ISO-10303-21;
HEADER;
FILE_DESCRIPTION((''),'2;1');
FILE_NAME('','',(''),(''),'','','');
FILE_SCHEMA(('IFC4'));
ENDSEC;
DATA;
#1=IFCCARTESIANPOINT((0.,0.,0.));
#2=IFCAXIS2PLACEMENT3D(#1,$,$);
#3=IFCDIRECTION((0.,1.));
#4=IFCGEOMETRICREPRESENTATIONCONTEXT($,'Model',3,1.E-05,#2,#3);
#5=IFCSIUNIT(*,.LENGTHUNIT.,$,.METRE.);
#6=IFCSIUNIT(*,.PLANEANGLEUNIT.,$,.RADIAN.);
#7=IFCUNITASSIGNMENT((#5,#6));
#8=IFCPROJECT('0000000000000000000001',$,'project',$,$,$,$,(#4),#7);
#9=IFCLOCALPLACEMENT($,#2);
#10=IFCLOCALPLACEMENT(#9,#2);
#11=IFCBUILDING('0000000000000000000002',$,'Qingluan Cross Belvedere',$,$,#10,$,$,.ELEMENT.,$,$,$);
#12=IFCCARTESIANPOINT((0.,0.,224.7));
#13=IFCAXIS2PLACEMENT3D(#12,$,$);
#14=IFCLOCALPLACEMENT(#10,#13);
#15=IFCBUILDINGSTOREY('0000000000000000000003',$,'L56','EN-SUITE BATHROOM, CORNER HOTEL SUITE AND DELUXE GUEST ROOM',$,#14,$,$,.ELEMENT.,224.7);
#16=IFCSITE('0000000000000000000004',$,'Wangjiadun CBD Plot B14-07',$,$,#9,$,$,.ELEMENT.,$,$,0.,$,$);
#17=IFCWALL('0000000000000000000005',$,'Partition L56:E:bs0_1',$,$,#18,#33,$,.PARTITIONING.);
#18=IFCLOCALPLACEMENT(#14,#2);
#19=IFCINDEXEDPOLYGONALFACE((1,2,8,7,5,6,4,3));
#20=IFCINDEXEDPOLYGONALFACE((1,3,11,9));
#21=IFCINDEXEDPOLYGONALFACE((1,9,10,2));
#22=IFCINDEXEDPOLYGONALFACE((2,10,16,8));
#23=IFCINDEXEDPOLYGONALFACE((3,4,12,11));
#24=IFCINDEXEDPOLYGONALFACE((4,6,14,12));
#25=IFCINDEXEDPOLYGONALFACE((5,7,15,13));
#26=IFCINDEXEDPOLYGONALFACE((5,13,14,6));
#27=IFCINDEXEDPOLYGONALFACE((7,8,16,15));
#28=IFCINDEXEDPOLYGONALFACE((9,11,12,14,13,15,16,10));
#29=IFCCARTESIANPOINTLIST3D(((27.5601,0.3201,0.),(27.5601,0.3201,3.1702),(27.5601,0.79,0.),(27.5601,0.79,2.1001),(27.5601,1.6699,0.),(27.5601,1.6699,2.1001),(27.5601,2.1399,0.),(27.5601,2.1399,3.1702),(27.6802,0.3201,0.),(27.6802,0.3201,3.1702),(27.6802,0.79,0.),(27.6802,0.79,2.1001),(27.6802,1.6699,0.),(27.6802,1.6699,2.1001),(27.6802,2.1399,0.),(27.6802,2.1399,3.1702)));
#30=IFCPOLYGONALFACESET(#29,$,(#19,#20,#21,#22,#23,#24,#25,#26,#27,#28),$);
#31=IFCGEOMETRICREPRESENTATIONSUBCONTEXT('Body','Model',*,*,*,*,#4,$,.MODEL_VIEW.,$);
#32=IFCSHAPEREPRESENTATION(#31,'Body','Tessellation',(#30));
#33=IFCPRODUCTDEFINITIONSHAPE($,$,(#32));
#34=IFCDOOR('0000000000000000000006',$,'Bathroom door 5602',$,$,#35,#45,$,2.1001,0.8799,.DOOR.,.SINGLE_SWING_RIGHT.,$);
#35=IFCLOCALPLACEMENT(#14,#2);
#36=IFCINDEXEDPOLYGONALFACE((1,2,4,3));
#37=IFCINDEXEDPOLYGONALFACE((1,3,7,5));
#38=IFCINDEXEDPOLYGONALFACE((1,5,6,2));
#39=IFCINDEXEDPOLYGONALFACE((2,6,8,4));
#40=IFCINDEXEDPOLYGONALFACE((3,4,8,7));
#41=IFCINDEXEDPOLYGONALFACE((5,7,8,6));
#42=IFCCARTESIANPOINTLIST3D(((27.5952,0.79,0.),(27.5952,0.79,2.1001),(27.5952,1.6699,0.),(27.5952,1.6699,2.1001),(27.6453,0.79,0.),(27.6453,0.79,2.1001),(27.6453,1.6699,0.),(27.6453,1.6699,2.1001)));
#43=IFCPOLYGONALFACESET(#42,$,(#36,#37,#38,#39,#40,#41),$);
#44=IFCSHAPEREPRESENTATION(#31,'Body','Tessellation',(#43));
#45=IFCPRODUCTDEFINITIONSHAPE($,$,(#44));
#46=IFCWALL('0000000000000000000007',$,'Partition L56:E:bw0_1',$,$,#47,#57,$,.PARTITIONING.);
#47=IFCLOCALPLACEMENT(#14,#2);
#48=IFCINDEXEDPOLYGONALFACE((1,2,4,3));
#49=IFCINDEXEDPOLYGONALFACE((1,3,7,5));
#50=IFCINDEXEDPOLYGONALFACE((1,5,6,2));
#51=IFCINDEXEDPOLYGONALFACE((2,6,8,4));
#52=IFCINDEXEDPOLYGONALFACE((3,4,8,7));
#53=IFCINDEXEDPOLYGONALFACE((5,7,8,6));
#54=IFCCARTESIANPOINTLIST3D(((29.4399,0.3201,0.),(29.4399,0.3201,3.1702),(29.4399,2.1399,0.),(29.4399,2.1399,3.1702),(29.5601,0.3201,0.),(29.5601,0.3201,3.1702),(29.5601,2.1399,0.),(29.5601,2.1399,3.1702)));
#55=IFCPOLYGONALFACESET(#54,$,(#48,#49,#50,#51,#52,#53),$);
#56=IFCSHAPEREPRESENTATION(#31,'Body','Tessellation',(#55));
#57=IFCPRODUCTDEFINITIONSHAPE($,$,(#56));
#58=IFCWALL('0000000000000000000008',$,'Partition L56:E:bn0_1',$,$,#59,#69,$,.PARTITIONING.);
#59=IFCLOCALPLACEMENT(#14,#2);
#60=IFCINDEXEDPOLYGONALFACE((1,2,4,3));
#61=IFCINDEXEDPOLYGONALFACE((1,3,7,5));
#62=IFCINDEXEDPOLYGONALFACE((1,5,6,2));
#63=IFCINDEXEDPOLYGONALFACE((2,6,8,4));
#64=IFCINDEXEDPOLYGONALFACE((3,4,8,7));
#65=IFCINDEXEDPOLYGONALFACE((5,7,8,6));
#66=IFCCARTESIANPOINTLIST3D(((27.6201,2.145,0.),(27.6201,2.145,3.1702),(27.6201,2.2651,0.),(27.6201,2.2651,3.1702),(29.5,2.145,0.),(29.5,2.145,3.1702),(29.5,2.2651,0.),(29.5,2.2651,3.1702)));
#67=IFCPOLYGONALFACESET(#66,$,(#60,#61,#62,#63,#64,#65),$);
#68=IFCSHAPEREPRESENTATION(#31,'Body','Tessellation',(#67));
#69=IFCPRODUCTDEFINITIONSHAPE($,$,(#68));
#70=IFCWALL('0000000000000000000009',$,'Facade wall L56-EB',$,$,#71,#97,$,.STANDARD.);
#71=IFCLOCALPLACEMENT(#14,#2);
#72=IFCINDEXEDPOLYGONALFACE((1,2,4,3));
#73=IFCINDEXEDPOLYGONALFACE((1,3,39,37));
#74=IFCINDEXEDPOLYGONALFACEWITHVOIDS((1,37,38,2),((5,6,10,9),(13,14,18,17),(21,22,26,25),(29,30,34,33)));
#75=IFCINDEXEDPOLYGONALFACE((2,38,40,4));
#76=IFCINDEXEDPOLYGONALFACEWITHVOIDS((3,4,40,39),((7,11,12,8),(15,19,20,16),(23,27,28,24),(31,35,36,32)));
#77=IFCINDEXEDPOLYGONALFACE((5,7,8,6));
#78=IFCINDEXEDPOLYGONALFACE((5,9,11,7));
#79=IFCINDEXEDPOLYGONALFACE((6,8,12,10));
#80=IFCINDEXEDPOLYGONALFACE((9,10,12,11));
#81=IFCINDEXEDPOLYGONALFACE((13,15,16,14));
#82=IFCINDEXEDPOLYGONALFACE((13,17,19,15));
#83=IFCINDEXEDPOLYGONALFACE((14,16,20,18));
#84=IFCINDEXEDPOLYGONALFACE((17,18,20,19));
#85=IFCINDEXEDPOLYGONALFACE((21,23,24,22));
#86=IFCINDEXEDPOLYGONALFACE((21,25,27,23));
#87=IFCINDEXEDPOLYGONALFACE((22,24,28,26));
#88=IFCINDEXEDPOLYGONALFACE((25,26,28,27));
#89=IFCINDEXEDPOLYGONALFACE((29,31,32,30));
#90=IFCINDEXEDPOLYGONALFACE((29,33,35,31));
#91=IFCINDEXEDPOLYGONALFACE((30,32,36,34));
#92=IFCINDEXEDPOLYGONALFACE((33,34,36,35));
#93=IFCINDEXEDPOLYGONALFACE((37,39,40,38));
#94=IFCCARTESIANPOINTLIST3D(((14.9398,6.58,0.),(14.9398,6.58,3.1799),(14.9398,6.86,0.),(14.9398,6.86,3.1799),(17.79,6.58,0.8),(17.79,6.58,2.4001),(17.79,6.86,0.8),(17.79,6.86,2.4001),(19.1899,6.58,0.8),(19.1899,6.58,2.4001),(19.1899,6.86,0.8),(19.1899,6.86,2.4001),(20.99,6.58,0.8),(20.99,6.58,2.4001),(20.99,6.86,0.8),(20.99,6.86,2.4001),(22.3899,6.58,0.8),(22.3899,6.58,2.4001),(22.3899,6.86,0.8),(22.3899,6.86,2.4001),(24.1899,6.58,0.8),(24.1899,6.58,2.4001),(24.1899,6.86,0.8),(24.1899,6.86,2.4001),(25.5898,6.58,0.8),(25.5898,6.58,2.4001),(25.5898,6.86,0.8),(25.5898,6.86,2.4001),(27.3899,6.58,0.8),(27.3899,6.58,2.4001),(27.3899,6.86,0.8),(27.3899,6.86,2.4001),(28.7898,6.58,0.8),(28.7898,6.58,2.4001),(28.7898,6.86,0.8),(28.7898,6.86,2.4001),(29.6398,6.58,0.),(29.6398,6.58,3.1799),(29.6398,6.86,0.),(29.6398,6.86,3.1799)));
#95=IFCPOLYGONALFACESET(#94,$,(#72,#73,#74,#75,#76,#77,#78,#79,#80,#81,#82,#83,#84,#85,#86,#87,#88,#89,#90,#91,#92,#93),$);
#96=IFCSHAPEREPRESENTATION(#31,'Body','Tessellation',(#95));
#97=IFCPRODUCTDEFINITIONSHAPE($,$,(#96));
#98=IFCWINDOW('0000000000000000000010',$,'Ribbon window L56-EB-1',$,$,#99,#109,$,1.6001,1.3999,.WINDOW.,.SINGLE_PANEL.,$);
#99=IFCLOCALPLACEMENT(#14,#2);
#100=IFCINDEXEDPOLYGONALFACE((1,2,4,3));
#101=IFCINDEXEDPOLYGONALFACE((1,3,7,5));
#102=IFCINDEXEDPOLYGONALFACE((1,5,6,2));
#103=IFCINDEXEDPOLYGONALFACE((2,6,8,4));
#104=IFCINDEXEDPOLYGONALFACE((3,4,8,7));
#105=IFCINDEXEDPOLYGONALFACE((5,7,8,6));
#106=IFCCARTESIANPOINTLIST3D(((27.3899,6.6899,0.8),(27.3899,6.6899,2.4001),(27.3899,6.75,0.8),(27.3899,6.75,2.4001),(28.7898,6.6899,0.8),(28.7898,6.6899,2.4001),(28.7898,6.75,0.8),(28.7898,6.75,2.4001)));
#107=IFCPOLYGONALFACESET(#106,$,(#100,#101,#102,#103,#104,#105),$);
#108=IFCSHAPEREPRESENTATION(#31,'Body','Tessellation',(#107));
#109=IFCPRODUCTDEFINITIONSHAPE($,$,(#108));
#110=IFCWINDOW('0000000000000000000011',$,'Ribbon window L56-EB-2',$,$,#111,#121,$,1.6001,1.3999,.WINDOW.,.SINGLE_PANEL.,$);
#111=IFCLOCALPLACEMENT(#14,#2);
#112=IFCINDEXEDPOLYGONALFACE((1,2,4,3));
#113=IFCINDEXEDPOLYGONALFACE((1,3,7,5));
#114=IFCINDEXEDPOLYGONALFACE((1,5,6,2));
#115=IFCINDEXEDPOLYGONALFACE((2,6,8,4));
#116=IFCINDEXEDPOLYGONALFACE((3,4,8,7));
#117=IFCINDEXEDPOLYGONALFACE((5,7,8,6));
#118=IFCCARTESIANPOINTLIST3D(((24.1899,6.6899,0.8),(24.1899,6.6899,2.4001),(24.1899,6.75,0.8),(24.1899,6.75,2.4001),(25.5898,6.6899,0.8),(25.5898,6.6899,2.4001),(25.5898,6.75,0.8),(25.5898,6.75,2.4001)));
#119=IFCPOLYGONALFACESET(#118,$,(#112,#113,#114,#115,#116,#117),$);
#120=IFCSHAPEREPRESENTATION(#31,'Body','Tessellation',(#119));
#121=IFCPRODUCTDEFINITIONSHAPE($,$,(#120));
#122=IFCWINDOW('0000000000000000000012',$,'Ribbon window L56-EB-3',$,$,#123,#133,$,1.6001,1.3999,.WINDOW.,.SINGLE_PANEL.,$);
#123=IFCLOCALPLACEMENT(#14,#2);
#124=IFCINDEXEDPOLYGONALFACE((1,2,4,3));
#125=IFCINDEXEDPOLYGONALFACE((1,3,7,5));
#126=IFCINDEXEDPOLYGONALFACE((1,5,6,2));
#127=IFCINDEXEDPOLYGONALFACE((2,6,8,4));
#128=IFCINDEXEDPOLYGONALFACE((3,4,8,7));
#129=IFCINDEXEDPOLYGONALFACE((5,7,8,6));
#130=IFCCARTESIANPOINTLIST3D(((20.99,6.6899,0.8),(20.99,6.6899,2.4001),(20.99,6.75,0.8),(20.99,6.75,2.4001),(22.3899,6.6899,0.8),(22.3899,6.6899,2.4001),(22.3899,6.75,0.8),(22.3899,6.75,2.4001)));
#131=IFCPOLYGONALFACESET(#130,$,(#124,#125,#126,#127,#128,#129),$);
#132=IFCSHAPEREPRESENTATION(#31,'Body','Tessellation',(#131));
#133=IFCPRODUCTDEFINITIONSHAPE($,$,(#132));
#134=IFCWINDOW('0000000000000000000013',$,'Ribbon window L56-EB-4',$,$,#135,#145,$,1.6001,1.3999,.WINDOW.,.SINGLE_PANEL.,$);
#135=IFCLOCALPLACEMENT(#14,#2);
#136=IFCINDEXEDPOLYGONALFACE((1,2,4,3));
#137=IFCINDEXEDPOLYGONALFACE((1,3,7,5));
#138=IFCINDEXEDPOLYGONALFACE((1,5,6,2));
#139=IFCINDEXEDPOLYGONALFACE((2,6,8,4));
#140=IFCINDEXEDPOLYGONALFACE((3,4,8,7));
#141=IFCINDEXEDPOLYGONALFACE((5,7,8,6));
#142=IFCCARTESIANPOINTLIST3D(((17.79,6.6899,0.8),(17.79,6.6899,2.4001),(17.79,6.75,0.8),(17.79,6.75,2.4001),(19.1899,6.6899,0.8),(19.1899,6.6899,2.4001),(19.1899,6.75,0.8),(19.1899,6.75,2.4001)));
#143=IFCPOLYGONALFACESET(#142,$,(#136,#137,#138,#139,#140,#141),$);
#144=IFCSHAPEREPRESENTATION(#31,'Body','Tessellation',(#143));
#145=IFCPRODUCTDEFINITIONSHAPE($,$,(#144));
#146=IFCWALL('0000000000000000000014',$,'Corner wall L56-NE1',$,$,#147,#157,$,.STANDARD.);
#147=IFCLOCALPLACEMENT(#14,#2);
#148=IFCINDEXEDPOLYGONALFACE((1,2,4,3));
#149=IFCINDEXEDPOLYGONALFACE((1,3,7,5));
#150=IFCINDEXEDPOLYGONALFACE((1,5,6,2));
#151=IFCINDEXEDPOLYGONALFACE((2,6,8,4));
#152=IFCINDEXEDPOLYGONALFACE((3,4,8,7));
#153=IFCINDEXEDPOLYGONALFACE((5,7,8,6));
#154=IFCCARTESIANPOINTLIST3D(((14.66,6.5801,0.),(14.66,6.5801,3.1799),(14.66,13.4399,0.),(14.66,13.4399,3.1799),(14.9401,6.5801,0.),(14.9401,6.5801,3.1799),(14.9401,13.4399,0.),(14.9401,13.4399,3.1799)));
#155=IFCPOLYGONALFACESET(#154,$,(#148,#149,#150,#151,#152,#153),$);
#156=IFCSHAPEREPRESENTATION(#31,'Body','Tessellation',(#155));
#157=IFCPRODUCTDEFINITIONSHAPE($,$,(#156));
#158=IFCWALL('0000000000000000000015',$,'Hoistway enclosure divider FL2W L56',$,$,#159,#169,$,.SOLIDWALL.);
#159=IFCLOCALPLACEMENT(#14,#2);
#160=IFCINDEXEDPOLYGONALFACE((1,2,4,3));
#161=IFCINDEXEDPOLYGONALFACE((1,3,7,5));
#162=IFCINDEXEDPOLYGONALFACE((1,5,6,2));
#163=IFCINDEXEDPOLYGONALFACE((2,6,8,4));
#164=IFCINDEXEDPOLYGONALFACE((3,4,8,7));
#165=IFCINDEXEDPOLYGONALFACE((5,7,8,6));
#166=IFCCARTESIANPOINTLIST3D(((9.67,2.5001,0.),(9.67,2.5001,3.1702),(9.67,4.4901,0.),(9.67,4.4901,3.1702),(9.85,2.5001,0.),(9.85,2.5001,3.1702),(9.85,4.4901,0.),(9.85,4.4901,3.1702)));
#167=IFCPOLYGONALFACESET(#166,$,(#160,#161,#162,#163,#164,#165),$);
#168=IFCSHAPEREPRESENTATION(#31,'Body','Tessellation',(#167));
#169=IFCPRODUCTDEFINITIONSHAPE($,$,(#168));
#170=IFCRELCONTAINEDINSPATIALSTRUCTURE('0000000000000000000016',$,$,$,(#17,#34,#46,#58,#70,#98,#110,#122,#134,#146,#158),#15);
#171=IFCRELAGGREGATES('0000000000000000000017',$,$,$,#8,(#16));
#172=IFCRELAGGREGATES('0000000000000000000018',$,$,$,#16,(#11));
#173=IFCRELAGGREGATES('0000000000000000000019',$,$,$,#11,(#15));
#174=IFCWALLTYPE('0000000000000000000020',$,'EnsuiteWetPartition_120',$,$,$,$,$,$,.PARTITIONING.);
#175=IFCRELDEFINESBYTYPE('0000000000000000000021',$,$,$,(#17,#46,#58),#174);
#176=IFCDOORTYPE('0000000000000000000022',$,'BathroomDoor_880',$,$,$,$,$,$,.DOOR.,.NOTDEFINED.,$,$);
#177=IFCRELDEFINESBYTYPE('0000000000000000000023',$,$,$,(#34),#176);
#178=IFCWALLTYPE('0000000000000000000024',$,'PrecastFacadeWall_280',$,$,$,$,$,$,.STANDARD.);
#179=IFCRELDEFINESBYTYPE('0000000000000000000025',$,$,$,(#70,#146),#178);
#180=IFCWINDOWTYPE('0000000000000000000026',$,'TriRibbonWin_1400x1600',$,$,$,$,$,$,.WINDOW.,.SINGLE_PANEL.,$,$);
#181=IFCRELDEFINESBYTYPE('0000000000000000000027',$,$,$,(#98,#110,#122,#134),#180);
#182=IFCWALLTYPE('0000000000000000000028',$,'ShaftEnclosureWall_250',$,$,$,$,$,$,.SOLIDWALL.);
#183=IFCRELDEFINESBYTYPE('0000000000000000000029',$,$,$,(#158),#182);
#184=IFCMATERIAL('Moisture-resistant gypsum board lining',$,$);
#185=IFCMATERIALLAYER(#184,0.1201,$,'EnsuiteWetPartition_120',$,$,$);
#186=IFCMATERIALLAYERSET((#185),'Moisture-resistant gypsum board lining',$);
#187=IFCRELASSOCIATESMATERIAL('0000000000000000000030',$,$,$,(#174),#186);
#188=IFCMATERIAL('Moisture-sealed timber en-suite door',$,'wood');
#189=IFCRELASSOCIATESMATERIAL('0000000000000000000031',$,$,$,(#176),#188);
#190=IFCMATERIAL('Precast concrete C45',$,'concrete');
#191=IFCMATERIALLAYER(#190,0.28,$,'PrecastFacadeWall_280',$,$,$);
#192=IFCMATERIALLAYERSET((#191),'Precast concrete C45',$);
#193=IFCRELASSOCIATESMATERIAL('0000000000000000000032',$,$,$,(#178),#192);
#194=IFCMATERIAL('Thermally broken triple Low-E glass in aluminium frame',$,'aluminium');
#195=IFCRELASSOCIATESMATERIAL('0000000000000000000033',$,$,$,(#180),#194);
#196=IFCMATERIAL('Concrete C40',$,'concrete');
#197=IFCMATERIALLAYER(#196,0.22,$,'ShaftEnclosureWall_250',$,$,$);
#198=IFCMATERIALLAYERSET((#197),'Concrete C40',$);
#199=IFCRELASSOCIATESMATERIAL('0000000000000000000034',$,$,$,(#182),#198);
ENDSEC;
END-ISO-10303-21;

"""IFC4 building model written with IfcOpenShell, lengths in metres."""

from ifc_helpers import new_model, si_unit, direction, frame, frame_2d, origin, place, context, subcontext, project, spatial, rectangle, extrude, material, layer, layer_set, type_object, element, fill, save


model = new_model("IFC4")

# Units and contexts
model_context = context("Model", 3, precision=1e-05, world=origin(), true_north=direction((0.0, 1.0)))
body_context = subcontext(model_context, "Body", "Model", "MODEL_VIEW")
ifc_project = project(units=[si_unit("LENGTHUNIT", "METRE"), si_unit("PLANEANGLEUNIT", "RADIAN")], contexts=[model_context])

# Site, building, storey
site_placement = place(None, origin())
site = spatial("IfcSite", under=ifc_project, at=site_placement, Name="Wangjiadun CBD Plot B14-07", CompositionType="ELEMENT", RefElevation=0.0)
building_placement = place(site_placement, origin())
building = spatial("IfcBuilding", under=site, at=building_placement, Name="Qingluan Cross Belvedere", CompositionType="ELEMENT")
storey_placement = place(building_placement, frame((0.0, 0.0, 224.7)))
storey = spatial("IfcBuildingStorey", under=building, at=storey_placement, Name="L56", Description="EN-SUITE BATHROOM, CORNER HOTEL SUITE AND DELUXE GUEST ROOM", CompositionType="ELEMENT", Elevation=224.7)

# Shared definitions
ifc_material_1 = material(Name="Moisture-resistant gypsum board lining")
ifc_layer_1 = layer(ifc_material_1, 0.1201, Name="EnsuiteWetPartition_120")
ifc_layer_set_1 = layer_set([ifc_layer_1], Name="Moisture-resistant gypsum board lining")
wall_type_1 = type_object("IfcWallType", Name="EnsuiteWetPartition_120", PredefinedType="PARTITIONING", material=ifc_layer_set_1)
ifc_material_2 = material(Name="Moisture-sealed timber en-suite door", Category="wood")
door_type_1 = type_object("IfcDoorType", Name="BathroomDoor_880", OperationType="NOTDEFINED", PredefinedType="DOOR", material=ifc_material_2)

# Wall, opening, door
wall_1_placement = place(storey_placement, frame((27.6201, 0.3201, 0.0), z_axis=(0.0, 0.0, 1.0), x_axis=(0.0, 1.0, 0.0)))
wall_1 = element("IfcWall", 1, at=wall_1_placement, inside=storey, type_object=wall_type_1, Name="Partition L56:E:bs0_1", PredefinedType="PARTITIONING", context=body_context, shape_type="SweptSolid", body=[
    extrude(rectangle(XDim=1.8198, YDim=0.1201, at=frame_2d((0.9099, 0.0))), origin(), (0.0, 0.0, 1.0), 3.1702),
])
opening_1_placement = place(wall_1_placement, frame((0.47, 0.0, 0.0)))
opening_1 = element("IfcOpeningElement", 2, at=opening_1_placement, cuts=wall_1, PredefinedType="OPENING", context=body_context, shape_type="SweptSolid", body=[
    extrude(rectangle(XDim=0.8799, YDim=2.1001, at=frame_2d((0.4399, 1.05))), frame((0.0, 0.0701, 0.0), z_axis=(0.0, -1.0, 0.0), x_axis=(1.0, 0.0, 0.0)), (0.0, 0.0, 1.0), 0.1401),
])
door_1_placement = place(opening_1_placement, origin())
door_1 = element("IfcDoor", 3, at=door_1_placement, inside=storey, type_object=door_type_1, Name="Bathroom door 5602", OperationType="SINGLE_SWING_RIGHT", OverallHeight=2.1001, OverallWidth=0.8799, PredefinedType="DOOR", context=body_context, shape_type="SweptSolid", body=[
    extrude(rectangle(XDim=0.8799, YDim=2.1001, at=frame_2d((0.4399, 1.05))), frame((0.0, 0.0249, 0.0), z_axis=(0.0, -1.0, 0.0), x_axis=(1.0, 0.0, 0.0)), (0.0, 0.0, 1.0), 0.05),
])
fill(opening_1, door_1)

# Walls
wall_2_placement = place(storey_placement, frame((29.5, 0.3201, 0.0), z_axis=(0.0, 0.0, 1.0), x_axis=(0.0, 1.0, 0.0)))
element("IfcWall", 4, at=wall_2_placement, inside=storey, type_object=wall_type_1, Name="Partition L56:E:bw0_1", PredefinedType="PARTITIONING", context=body_context, shape_type="SweptSolid", body=[
    extrude(rectangle(XDim=1.8198, YDim=0.1201, at=frame_2d((0.9099, 0.0))), origin(), (0.0, 0.0, 1.0), 3.1702),
])
wall_3_placement = place(storey_placement, frame((27.6201, 2.2051, 0.0), z_axis=(0.0, 0.0, 1.0), x_axis=(1.0, 0.0, 0.0)))
element("IfcWall", 5, at=wall_3_placement, inside=storey, type_object=wall_type_1, Name="Partition L56:E:bn0_1", PredefinedType="PARTITIONING", context=body_context, shape_type="SweptSolid", body=[
    extrude(rectangle(XDim=1.8799, YDim=0.1201, at=frame_2d((0.9399, 0.0))), origin(), (0.0, 0.0, 1.0), 3.1702),
])

# Wall, openings, windows
ifc_material_3 = material(Name="Precast concrete C45", Category="concrete")
ifc_layer_2 = layer(ifc_material_3, 0.28, Name="PrecastFacadeWall_280")
ifc_layer_set_2 = layer_set([ifc_layer_2], Name="Precast concrete C45")
wall_type_2 = type_object("IfcWallType", Name="PrecastFacadeWall_280", PredefinedType="STANDARD", material=ifc_layer_set_2)
wall_4_placement = place(storey_placement, frame((29.6399, 6.72, 0.0), z_axis=(0.0, 0.0, 1.0), x_axis=(-1.0, 0.0, 0.0)))
wall_4 = element("IfcWall", 6, at=wall_4_placement, inside=storey, type_object=wall_type_2, Name="Facade wall L56-EB", PredefinedType="STANDARD", context=body_context, shape_type="SweptSolid", body=[
    extrude(rectangle(XDim=14.7, YDim=0.28, at=frame_2d((7.3501, 0.0))), origin(), (0.0, 0.0, 1.0), 3.1799),
])
opening_2_placement = place(wall_4_placement, frame((0.8501, 0.0, 0.8)))
opening_2 = element("IfcOpeningElement", 7, at=opening_2_placement, cuts=wall_4, PredefinedType="OPENING", context=body_context, shape_type="SweptSolid", body=[
    extrude(rectangle(XDim=1.3999, YDim=1.6001, at=frame_2d((0.7, 0.8))), frame((0.0, 0.1499, 0.0), z_axis=(0.0, -1.0, 0.0), x_axis=(1.0, 0.0, 0.0)), (0.0, 0.0, 1.0), 0.3),
])
opening_3_placement = place(wall_4_placement, frame((4.05, 0.0, 0.8)))
opening_3 = element("IfcOpeningElement", 8, at=opening_3_placement, cuts=wall_4, PredefinedType="OPENING", context=body_context, shape_type="SweptSolid", body=[
    extrude(rectangle(XDim=1.3999, YDim=1.6001, at=frame_2d((0.7, 0.8))), frame((0.0, 0.1499, 0.0), z_axis=(0.0, -1.0, 0.0), x_axis=(1.0, 0.0, 0.0)), (0.0, 0.0, 1.0), 0.3),
])
opening_4_placement = place(wall_4_placement, frame((7.25, 0.0, 0.8)))
opening_4 = element("IfcOpeningElement", 9, at=opening_4_placement, cuts=wall_4, PredefinedType="OPENING", context=body_context, shape_type="SweptSolid", body=[
    extrude(rectangle(XDim=1.3999, YDim=1.6001, at=frame_2d((0.7, 0.8))), frame((0.0, 0.1499, 0.0), z_axis=(0.0, -1.0, 0.0), x_axis=(1.0, 0.0, 0.0)), (0.0, 0.0, 1.0), 0.3),
])
opening_5_placement = place(wall_4_placement, frame((10.45, 0.0, 0.8)))
opening_5 = element("IfcOpeningElement", 10, at=opening_5_placement, cuts=wall_4, PredefinedType="OPENING", context=body_context, shape_type="SweptSolid", body=[
    extrude(rectangle(XDim=1.3999, YDim=1.6001, at=frame_2d((0.7, 0.8))), frame((0.0, 0.1499, 0.0), z_axis=(0.0, -1.0, 0.0), x_axis=(1.0, 0.0, 0.0)), (0.0, 0.0, 1.0), 0.3),
])
ifc_material_4 = material(Name="Thermally broken triple Low-E glass in aluminium frame", Category="aluminium")
window_type = type_object("IfcWindowType", Name="TriRibbonWin_1400x1600", PartitioningType="SINGLE_PANEL", PredefinedType="WINDOW", material=ifc_material_4)
window_1_placement = place(opening_2_placement, origin())
window_1 = element("IfcWindow", 11, at=window_1_placement, inside=storey, type_object=window_type, Name="Ribbon window L56-EB-1", OverallHeight=1.6001, OverallWidth=1.3999, PartitioningType="SINGLE_PANEL", PredefinedType="WINDOW", context=body_context, shape_type="SweptSolid", body=[
    extrude(rectangle(XDim=1.3999, YDim=1.6001, at=frame_2d((0.7, 0.8))), frame((0.0, 0.03, 0.0), z_axis=(0.0, -1.0, 0.0), x_axis=(1.0, 0.0, 0.0)), (0.0, 0.0, 1.0), 0.0601),
])
fill(opening_2, window_1)
window_2_placement = place(opening_3_placement, origin())
window_2 = element("IfcWindow", 12, at=window_2_placement, inside=storey, type_object=window_type, Name="Ribbon window L56-EB-2", OverallHeight=1.6001, OverallWidth=1.3999, PartitioningType="SINGLE_PANEL", PredefinedType="WINDOW", context=body_context, shape_type="SweptSolid", body=[
    extrude(rectangle(XDim=1.3999, YDim=1.6001, at=frame_2d((0.7, 0.8))), frame((0.0, 0.03, 0.0), z_axis=(0.0, -1.0, 0.0), x_axis=(1.0, 0.0, 0.0)), (0.0, 0.0, 1.0), 0.0601),
])
fill(opening_3, window_2)
window_3_placement = place(opening_4_placement, origin())
window_3 = element("IfcWindow", 13, at=window_3_placement, inside=storey, type_object=window_type, Name="Ribbon window L56-EB-3", OverallHeight=1.6001, OverallWidth=1.3999, PartitioningType="SINGLE_PANEL", PredefinedType="WINDOW", context=body_context, shape_type="SweptSolid", body=[
    extrude(rectangle(XDim=1.3999, YDim=1.6001, at=frame_2d((0.7, 0.8))), frame((0.0, 0.03, 0.0), z_axis=(0.0, -1.0, 0.0), x_axis=(1.0, 0.0, 0.0)), (0.0, 0.0, 1.0), 0.0601),
])
fill(opening_4, window_3)
window_4_placement = place(opening_5_placement, origin())
window_4 = element("IfcWindow", 14, at=window_4_placement, inside=storey, type_object=window_type, Name="Ribbon window L56-EB-4", OverallHeight=1.6001, OverallWidth=1.3999, PartitioningType="SINGLE_PANEL", PredefinedType="WINDOW", context=body_context, shape_type="SweptSolid", body=[
    extrude(rectangle(XDim=1.3999, YDim=1.6001, at=frame_2d((0.7, 0.8))), frame((0.0, 0.03, 0.0), z_axis=(0.0, -1.0, 0.0), x_axis=(1.0, 0.0, 0.0)), (0.0, 0.0, 1.0), 0.0601),
])
fill(opening_5, window_4)

# Walls
wall_5_placement = place(storey_placement, frame((14.8, 6.5801, 0.0), z_axis=(0.0, 0.0, 1.0), x_axis=(0.0, 1.0, 0.0)))
element("IfcWall", 15, at=wall_5_placement, inside=storey, type_object=wall_type_2, Name="Corner wall L56-NE1", PredefinedType="STANDARD", context=body_context, shape_type="SweptSolid", body=[
    extrude(rectangle(XDim=6.8599, YDim=0.28, at=frame_2d((3.4299, 0.0))), origin(), (0.0, 0.0, 1.0), 3.1799),
])
ifc_material_5 = material(Name="Concrete C40", Category="concrete")
ifc_layer_3 = layer(ifc_material_5, 0.22, Name="ShaftEnclosureWall_250")
ifc_layer_set_3 = layer_set([ifc_layer_3], Name="Concrete C40")
wall_type_3 = type_object("IfcWallType", Name="ShaftEnclosureWall_250", PredefinedType="SOLIDWALL", material=ifc_layer_set_3)
wall_6_placement = place(storey_placement, frame((9.76, 2.5, 0.0), z_axis=(0.0, 0.0, 1.0), x_axis=(0.0, 1.0, 0.0)))
element("IfcWall", 16, at=wall_6_placement, inside=storey, type_object=wall_type_3, Name="Hoistway enclosure divider FL2W L56", PredefinedType="SOLIDWALL", context=body_context, shape_type="SweptSolid", body=[
    extrude(rectangle(XDim=1.99, YDim=0.1799, at=frame_2d((0.9951, 0.0))), origin(), (0.0, 0.0, 1.0), 3.1702),
])

save(model, "model.ifc")
